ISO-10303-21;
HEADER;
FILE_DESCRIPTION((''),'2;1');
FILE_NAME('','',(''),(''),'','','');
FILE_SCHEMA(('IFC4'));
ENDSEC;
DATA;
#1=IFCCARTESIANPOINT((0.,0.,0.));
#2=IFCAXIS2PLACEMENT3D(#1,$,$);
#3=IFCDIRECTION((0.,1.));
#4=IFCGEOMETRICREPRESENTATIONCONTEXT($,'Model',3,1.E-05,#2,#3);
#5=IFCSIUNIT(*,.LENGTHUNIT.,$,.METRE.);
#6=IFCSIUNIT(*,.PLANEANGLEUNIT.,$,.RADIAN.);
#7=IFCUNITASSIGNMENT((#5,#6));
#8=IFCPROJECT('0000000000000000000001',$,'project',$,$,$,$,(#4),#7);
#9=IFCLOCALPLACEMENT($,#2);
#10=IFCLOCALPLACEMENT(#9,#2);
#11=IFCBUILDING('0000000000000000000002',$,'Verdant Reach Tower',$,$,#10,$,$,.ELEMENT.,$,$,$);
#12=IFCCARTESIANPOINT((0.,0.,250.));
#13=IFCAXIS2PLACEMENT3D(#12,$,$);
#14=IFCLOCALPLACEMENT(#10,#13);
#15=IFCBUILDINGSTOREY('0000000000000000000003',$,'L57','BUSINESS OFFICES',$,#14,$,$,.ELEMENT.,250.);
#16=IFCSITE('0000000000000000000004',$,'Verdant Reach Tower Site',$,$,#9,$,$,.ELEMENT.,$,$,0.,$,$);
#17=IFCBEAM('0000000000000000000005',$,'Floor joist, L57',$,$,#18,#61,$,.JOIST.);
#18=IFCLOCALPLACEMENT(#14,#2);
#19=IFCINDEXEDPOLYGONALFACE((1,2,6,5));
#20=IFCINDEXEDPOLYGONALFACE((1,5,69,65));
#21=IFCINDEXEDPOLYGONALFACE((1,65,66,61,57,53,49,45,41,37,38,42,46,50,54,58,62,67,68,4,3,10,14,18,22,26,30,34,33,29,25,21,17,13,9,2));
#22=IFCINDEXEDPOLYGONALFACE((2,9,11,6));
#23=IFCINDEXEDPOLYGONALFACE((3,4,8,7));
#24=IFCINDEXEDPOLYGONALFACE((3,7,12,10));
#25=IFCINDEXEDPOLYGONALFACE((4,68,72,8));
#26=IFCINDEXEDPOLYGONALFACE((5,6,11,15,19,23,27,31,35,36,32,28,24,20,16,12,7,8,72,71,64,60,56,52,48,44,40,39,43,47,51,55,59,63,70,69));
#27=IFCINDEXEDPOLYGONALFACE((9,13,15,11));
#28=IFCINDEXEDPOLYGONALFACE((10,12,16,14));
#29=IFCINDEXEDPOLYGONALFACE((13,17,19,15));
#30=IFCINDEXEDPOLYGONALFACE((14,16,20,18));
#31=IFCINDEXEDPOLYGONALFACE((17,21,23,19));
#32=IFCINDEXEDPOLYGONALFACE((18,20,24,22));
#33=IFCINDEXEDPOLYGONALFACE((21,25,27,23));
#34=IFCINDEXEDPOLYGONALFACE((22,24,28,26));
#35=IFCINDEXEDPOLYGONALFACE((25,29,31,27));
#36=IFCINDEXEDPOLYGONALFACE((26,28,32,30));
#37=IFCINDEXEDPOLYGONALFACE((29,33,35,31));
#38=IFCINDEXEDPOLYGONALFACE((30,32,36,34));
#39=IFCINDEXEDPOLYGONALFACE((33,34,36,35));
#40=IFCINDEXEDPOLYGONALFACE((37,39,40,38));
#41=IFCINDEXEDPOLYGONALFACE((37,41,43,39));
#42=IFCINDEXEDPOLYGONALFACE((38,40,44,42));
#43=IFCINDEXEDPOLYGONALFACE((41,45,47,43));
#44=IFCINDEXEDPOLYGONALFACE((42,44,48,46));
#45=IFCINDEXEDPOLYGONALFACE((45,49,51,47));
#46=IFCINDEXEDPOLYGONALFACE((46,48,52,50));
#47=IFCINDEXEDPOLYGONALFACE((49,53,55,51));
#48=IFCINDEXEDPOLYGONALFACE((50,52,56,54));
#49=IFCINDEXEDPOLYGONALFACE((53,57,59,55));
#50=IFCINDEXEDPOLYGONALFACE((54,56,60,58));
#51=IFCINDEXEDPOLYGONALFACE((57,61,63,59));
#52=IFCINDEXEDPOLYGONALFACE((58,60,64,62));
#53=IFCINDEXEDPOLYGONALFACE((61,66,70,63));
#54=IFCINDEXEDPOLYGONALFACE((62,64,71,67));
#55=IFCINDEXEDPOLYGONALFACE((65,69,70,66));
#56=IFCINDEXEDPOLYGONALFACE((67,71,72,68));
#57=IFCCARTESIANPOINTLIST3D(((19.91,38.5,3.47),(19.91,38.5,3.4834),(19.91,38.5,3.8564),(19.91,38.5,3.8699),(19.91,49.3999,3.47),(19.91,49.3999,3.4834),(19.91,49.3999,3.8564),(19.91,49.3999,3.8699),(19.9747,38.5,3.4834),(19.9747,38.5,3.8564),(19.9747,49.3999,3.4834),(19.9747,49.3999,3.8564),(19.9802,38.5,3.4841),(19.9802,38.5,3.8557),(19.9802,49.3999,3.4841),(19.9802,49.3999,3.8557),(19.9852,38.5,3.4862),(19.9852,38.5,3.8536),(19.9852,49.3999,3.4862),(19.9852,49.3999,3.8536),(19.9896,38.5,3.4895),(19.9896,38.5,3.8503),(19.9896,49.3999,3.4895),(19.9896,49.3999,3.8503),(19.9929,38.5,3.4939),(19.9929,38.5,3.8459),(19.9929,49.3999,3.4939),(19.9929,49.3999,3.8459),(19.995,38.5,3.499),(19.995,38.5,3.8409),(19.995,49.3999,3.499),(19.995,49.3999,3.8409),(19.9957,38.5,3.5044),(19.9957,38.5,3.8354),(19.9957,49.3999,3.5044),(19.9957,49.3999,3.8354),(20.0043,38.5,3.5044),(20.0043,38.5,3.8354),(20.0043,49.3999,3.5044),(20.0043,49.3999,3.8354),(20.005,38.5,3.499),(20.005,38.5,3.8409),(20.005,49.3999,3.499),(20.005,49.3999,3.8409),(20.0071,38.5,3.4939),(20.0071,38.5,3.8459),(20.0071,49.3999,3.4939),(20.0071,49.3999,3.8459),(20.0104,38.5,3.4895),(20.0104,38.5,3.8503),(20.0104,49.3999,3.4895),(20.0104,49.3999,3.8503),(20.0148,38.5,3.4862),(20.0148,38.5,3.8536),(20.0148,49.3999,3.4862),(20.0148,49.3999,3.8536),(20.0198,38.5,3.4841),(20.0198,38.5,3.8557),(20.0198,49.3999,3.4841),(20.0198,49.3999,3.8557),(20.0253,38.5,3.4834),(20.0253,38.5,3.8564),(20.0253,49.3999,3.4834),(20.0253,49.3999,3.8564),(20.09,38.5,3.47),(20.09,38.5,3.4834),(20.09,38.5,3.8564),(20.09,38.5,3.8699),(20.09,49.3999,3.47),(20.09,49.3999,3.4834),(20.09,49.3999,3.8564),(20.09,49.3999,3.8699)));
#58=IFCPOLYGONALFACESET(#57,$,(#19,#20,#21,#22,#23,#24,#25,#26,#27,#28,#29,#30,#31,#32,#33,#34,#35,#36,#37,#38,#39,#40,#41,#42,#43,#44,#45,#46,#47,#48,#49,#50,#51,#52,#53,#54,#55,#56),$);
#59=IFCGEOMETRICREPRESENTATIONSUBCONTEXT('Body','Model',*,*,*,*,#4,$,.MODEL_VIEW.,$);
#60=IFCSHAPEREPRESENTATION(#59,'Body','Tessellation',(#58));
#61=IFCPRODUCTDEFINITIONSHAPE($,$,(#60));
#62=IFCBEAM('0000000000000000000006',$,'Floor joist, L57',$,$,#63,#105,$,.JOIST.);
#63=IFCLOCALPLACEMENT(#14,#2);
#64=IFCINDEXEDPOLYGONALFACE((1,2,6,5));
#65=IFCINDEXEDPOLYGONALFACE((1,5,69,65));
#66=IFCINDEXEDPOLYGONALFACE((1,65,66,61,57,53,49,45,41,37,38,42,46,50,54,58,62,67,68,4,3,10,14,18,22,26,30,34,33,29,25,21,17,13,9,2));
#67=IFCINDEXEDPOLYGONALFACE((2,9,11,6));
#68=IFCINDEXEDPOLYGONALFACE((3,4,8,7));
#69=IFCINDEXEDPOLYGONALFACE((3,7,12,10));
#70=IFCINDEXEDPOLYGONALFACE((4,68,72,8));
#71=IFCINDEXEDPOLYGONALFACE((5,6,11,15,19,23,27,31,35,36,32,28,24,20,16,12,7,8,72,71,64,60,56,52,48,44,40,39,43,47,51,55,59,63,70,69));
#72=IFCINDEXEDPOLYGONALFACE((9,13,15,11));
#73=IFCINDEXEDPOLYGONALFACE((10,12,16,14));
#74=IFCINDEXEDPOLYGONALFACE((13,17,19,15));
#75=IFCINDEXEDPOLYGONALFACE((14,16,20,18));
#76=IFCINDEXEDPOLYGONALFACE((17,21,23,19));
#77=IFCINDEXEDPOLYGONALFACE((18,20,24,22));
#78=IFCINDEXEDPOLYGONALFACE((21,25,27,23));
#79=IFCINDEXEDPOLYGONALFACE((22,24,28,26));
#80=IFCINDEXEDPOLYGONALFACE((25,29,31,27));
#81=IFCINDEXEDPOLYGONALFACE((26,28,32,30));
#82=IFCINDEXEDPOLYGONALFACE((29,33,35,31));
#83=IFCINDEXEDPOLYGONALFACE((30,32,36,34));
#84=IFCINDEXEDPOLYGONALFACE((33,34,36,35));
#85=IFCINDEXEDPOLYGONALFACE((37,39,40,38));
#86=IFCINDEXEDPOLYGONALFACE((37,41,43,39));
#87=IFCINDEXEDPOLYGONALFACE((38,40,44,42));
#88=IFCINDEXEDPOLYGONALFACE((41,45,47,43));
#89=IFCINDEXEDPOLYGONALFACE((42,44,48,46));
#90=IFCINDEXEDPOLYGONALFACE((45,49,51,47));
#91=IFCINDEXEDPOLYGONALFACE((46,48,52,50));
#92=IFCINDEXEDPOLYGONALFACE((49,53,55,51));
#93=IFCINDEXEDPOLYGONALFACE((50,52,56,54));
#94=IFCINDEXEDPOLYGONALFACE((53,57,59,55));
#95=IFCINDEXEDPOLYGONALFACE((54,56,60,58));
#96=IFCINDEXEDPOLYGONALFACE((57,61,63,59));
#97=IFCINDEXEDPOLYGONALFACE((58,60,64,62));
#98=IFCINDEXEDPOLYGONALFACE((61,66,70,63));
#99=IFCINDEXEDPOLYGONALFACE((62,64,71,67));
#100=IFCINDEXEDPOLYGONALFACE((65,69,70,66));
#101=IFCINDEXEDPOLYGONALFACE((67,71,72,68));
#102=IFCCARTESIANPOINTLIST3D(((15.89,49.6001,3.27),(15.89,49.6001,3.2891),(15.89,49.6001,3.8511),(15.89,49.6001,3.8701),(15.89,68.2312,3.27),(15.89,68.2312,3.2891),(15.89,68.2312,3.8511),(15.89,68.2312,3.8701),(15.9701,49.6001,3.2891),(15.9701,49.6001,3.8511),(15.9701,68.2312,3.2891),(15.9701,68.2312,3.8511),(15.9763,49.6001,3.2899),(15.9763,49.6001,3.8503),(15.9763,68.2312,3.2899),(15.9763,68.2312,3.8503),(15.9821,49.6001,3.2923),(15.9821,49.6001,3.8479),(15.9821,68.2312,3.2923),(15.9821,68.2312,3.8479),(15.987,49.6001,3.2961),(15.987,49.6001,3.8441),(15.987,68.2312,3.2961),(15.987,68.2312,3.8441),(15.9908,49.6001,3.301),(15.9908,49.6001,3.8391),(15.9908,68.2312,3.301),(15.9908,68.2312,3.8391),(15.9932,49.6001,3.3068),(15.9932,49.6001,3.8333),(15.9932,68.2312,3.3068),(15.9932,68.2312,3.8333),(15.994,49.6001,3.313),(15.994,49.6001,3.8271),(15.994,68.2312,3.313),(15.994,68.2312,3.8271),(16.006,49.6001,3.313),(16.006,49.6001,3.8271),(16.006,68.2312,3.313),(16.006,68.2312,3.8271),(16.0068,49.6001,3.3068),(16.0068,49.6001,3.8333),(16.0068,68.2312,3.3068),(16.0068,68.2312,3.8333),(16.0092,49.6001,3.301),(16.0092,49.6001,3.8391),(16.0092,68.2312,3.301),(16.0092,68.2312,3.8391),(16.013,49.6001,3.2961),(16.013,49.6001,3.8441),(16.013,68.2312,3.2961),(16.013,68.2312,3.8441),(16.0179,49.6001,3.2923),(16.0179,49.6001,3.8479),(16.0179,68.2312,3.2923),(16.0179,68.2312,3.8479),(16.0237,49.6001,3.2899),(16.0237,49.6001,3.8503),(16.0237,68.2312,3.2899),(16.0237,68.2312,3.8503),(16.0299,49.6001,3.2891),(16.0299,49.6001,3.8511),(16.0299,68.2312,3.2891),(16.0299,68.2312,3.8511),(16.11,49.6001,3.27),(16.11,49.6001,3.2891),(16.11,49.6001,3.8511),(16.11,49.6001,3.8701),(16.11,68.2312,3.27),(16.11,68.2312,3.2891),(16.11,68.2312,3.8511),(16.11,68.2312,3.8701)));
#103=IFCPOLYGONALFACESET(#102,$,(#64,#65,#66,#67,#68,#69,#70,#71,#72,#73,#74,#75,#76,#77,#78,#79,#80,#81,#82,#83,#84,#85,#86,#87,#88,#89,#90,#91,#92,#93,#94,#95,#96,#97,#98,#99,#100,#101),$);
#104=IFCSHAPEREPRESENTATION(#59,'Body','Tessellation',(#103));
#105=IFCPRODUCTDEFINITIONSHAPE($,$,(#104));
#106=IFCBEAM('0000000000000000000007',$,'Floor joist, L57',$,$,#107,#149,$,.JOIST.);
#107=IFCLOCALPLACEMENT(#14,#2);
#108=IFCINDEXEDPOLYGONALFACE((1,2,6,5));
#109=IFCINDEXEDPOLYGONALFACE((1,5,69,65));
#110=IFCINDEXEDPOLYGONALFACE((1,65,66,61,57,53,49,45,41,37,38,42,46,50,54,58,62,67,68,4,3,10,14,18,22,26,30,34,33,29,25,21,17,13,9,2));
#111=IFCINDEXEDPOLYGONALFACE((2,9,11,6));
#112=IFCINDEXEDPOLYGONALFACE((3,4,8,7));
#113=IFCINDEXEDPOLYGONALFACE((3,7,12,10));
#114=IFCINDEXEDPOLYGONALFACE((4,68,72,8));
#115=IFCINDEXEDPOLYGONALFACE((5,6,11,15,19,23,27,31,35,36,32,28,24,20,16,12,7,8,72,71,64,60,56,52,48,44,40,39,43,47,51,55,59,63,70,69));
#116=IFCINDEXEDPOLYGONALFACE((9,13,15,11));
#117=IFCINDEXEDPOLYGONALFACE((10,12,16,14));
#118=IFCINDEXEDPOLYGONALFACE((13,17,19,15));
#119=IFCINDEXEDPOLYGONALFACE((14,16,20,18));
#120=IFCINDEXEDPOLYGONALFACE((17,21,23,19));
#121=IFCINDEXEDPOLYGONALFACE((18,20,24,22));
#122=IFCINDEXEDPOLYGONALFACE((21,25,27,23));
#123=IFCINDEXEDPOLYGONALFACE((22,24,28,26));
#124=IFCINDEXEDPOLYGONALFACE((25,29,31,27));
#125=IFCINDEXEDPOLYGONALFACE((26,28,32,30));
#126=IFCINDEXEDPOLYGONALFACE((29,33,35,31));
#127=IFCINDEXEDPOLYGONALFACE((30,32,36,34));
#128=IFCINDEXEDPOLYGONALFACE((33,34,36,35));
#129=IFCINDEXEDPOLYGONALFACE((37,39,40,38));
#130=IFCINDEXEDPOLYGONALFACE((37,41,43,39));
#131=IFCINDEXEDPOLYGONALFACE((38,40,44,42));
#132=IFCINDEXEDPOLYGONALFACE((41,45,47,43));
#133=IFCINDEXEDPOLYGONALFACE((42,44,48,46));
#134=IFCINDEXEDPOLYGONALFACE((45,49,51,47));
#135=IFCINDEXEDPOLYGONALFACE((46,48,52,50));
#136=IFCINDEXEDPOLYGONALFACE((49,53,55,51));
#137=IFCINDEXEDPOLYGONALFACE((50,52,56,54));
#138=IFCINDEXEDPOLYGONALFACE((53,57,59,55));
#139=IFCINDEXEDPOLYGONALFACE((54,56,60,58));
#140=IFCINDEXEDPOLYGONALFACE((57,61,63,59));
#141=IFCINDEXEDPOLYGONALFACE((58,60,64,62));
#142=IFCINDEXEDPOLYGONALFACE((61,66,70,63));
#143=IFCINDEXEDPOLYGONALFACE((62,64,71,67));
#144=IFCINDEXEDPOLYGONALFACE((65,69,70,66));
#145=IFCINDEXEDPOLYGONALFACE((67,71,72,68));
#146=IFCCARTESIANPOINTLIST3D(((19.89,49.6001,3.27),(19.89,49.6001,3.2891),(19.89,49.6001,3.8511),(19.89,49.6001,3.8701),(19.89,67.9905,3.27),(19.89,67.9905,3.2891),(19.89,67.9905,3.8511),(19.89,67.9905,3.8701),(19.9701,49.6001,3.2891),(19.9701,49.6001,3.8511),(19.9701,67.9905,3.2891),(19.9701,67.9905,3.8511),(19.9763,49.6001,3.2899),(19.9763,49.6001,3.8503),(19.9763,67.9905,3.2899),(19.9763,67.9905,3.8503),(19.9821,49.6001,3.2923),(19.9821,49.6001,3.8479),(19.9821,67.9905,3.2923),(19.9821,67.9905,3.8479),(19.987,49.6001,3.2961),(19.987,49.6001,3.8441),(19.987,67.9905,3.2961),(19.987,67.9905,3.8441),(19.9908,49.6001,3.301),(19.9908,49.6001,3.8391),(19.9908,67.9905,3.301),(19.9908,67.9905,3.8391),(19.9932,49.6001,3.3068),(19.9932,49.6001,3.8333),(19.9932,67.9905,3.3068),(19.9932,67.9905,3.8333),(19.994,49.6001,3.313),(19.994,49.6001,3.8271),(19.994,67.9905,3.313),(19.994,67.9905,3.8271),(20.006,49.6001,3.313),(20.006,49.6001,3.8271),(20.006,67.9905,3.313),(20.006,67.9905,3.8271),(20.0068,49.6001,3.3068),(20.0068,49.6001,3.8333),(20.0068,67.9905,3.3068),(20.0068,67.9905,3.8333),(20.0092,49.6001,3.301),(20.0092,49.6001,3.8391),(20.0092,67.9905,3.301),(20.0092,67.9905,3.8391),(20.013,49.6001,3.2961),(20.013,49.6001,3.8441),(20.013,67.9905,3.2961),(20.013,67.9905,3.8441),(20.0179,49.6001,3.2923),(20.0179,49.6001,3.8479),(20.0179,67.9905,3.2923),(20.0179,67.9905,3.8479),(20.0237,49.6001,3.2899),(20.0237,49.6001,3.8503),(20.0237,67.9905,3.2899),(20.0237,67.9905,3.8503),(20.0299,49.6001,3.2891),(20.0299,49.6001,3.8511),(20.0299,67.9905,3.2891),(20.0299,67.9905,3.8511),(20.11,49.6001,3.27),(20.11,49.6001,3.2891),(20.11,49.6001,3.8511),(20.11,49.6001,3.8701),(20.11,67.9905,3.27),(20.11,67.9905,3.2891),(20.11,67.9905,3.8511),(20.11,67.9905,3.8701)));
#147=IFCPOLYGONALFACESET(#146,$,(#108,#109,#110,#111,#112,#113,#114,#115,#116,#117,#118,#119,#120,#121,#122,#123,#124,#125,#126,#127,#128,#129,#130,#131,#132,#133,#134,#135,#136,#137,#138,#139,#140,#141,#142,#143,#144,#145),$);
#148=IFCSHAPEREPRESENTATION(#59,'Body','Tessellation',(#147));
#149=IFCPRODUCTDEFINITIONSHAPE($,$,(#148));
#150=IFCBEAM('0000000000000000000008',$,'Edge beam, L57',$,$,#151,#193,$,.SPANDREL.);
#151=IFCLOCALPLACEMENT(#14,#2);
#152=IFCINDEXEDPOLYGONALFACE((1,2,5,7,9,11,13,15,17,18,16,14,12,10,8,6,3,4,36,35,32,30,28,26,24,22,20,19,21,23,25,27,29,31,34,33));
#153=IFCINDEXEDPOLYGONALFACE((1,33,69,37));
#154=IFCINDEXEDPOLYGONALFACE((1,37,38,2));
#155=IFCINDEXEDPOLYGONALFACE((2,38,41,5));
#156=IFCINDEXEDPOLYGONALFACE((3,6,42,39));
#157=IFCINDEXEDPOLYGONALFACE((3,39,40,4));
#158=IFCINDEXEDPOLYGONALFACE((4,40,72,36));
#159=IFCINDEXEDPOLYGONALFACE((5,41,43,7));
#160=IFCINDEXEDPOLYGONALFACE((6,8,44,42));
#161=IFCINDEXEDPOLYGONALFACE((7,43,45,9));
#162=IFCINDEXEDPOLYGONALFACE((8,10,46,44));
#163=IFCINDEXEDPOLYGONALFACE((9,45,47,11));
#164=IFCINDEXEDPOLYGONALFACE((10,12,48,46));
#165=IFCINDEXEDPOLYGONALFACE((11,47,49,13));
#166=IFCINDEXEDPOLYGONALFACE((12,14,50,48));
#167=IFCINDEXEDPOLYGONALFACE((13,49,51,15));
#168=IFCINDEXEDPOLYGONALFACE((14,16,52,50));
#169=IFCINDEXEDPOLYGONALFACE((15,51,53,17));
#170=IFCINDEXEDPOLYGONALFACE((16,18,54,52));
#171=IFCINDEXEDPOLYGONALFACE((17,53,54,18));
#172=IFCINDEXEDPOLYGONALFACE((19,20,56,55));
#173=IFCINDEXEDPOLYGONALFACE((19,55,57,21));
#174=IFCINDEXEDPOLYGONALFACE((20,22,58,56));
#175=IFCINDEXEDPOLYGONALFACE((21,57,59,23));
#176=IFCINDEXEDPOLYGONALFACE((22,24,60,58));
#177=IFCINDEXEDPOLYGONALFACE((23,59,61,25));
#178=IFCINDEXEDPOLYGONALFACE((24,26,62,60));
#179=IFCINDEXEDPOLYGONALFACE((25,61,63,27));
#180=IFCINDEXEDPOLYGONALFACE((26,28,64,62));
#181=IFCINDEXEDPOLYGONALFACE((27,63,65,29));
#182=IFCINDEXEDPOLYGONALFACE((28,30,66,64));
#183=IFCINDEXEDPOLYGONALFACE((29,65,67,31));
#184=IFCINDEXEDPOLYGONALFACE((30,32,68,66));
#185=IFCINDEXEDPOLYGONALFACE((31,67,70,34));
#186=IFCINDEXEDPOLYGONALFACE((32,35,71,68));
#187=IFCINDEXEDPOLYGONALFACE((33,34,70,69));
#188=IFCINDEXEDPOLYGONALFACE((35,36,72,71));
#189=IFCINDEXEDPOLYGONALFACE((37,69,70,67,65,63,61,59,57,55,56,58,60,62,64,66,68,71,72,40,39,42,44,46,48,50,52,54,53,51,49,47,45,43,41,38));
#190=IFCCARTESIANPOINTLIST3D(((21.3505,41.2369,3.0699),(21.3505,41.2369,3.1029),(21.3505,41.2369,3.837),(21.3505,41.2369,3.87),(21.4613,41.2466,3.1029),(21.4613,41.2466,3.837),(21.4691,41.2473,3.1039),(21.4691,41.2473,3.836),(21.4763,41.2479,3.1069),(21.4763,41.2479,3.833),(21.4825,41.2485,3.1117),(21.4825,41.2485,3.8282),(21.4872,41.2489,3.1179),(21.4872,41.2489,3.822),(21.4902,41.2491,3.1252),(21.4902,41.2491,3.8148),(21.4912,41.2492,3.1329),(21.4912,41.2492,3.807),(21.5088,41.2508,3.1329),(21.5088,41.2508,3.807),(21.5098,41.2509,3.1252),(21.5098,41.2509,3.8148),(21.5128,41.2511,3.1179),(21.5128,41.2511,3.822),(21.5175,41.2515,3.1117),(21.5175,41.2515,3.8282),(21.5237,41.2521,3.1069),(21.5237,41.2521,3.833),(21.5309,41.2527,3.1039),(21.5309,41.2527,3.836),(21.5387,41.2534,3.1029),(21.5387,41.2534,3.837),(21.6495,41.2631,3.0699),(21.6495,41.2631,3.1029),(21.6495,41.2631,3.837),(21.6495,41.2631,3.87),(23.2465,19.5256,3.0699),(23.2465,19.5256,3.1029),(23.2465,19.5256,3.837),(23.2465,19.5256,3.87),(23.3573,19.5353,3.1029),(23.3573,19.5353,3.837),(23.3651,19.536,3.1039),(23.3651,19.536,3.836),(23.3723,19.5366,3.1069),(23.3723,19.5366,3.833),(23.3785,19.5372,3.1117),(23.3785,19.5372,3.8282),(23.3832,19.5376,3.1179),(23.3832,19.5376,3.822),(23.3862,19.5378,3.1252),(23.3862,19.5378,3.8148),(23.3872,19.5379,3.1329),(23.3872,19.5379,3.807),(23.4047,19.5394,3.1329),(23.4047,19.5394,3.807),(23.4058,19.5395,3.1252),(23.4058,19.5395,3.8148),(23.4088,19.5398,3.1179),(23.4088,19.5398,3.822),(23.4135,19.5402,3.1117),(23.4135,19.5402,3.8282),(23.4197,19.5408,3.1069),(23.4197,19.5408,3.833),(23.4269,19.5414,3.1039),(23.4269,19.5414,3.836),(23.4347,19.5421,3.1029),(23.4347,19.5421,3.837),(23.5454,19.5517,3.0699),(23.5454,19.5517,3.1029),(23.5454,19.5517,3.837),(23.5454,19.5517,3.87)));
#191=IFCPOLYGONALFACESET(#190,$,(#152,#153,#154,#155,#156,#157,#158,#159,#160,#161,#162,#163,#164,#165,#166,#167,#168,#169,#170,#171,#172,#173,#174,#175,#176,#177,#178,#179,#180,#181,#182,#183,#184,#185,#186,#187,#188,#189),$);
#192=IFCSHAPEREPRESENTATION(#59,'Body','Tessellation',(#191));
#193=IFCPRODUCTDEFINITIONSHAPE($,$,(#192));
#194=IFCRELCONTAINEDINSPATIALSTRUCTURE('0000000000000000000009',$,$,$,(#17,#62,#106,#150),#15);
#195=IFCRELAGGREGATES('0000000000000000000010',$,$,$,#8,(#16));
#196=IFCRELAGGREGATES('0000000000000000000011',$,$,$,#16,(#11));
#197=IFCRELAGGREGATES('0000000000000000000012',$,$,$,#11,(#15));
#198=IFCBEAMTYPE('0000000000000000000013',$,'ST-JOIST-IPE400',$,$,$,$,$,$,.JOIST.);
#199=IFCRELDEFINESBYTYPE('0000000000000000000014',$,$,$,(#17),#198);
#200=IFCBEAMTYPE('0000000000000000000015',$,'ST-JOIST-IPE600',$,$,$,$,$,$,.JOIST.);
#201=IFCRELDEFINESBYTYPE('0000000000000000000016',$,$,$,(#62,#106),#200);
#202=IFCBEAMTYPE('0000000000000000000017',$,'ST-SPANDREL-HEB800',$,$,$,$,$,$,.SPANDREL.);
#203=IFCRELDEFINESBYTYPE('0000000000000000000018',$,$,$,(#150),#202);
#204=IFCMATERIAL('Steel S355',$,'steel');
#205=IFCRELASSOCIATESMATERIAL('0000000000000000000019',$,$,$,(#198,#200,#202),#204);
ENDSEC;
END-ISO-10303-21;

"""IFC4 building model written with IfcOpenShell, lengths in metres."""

from ifc_helpers import new_model, si_unit, direction, frame, origin, origin_2d, place, context, subcontext, project, spatial, i_section, extrude, material, material_profile, profile_set, type_object, element, save


model = new_model("IFC4")

# Units and contexts
model_context = context("Model", 3, precision=1e-05, world=origin(), true_north=direction((0.0, 1.0)))
body_context = subcontext(model_context, "Body", "Model", "MODEL_VIEW")
ifc_project = project(units=[si_unit("LENGTHUNIT", "METRE"), si_unit("PLANEANGLEUNIT", "RADIAN")], contexts=[model_context])

# Site, building, storey
site_placement = place(None, origin())
site = spatial("IfcSite", under=ifc_project, at=site_placement, Name="Verdant Reach Tower Site", CompositionType="ELEMENT", RefElevation=0.0)
building_placement = place(site_placement, origin())
building = spatial("IfcBuilding", under=site, at=building_placement, Name="Verdant Reach Tower", CompositionType="ELEMENT")
storey_placement = place(building_placement, frame((0.0, 0.0, 250.0)))
storey = spatial("IfcBuildingStorey", under=building, at=storey_placement, Name="L57", Description="BUSINESS OFFICES", CompositionType="ELEMENT", Elevation=250.0)

# Beams
ifc_material_1 = material(Name="Steel S355", Category="steel")
ifc_material_profile_1 = material_profile(ifc_material_1, i_section(OverallWidth=0.1799, OverallDepth=0.3999, WebThickness=0.0085, FlangeThickness=0.0134, FilletRadius=0.021, at=origin_2d()), Name="IPE 400")
ifc_profile_set_1 = profile_set([ifc_material_profile_1], Name="Steel S355")
beam_type_1 = type_object("IfcBeamType", Name="ST-JOIST-IPE400", PredefinedType="JOIST", material=ifc_profile_set_1)
for number, where, z_axis, x_axis, name in (
    (1, (20.0, 38.5, 3.6699), (0.0, 1.0, 0.0), (-1.0, 0.0, 0.0), "Floor joist, L57"),
):
    element("IfcBeam", number, at=place(storey_placement, frame(where, z_axis=z_axis, x_axis=x_axis)), inside=storey, type_object=beam_type_1, Name=name, PredefinedType="JOIST", context=body_context, shape_type="SweptSolid", body=[
        extrude(i_section(OverallWidth=0.1799, OverallDepth=0.3999, WebThickness=0.0085, FlangeThickness=0.0134, FilletRadius=0.021, at=origin_2d()), origin(), (0.0, 0.0, 1.0), 10.8999),
    ])
ifc_material_profile_2 = material_profile(ifc_material_1, i_section(OverallWidth=0.22, OverallDepth=0.6001, WebThickness=0.012, FlangeThickness=0.019, FilletRadius=0.0239, at=origin_2d()), Name="IPE 600")
ifc_profile_set_2 = profile_set([ifc_material_profile_2], Name="Steel S355")
beam_type_2 = type_object("IfcBeamType", Name="ST-JOIST-IPE600", PredefinedType="JOIST", material=ifc_profile_set_2)
beam_1_placement = place(storey_placement, frame((16.0, 49.6001, 3.5701), z_axis=(0.0, 1.0, 0.0), x_axis=(-1.0, 0.0, 0.0)))
element("IfcBeam", 2, at=beam_1_placement, inside=storey, type_object=beam_type_2, Name="Floor joist, L57", PredefinedType="JOIST", context=body_context, shape_type="SweptSolid", body=[
    extrude(i_section(OverallWidth=0.22, OverallDepth=0.6001, WebThickness=0.012, FlangeThickness=0.019, FilletRadius=0.0239, at=origin_2d()), origin(), (0.0, 0.0, 1.0), 18.6311),
])
beam_2_placement = place(storey_placement, frame((20.0, 49.6001, 3.5701), z_axis=(0.0, 1.0, 0.0), x_axis=(-1.0, 0.0, 0.0)))
element("IfcBeam", 3, at=beam_2_placement, inside=storey, type_object=beam_type_2, Name="Floor joist, L57", PredefinedType="JOIST", context=body_context, shape_type="SweptSolid", body=[
    extrude(i_section(OverallWidth=0.22, OverallDepth=0.6001, WebThickness=0.012, FlangeThickness=0.019, FilletRadius=0.0239, at=origin_2d()), origin(), (0.0, 0.0, 1.0), 18.3904),
])
ifc_material_profile_3 = material_profile(ifc_material_1, i_section(OverallWidth=0.3, OverallDepth=0.8, WebThickness=0.0176, FlangeThickness=0.033, FilletRadius=0.03, at=origin_2d()), Name="HEB 800")
ifc_profile_set_3 = profile_set([ifc_material_profile_3], Name="Steel S355")
beam_type_3 = type_object("IfcBeamType", Name="ST-SPANDREL-HEB800", PredefinedType="SPANDREL", material=ifc_profile_set_3)
beam_3_placement = place(storey_placement, frame((21.5, 41.25, 3.47), z_axis=(0.086996, -0.996209, 0.0), x_axis=(0.996209, 0.086996, 0.0)))
element("IfcBeam", 4, at=beam_3_placement, inside=storey, type_object=beam_type_3, Name="Edge beam, L57", PredefinedType="SPANDREL", context=body_context, shape_type="SweptSolid", body=[
    extrude(i_section(OverallWidth=0.3, OverallDepth=0.8, WebThickness=0.0176, FlangeThickness=0.033, FilletRadius=0.03, at=origin_2d()), origin(), (0.0, 0.0, 1.0), 21.7939),
])

save(model, "model.ifc")
